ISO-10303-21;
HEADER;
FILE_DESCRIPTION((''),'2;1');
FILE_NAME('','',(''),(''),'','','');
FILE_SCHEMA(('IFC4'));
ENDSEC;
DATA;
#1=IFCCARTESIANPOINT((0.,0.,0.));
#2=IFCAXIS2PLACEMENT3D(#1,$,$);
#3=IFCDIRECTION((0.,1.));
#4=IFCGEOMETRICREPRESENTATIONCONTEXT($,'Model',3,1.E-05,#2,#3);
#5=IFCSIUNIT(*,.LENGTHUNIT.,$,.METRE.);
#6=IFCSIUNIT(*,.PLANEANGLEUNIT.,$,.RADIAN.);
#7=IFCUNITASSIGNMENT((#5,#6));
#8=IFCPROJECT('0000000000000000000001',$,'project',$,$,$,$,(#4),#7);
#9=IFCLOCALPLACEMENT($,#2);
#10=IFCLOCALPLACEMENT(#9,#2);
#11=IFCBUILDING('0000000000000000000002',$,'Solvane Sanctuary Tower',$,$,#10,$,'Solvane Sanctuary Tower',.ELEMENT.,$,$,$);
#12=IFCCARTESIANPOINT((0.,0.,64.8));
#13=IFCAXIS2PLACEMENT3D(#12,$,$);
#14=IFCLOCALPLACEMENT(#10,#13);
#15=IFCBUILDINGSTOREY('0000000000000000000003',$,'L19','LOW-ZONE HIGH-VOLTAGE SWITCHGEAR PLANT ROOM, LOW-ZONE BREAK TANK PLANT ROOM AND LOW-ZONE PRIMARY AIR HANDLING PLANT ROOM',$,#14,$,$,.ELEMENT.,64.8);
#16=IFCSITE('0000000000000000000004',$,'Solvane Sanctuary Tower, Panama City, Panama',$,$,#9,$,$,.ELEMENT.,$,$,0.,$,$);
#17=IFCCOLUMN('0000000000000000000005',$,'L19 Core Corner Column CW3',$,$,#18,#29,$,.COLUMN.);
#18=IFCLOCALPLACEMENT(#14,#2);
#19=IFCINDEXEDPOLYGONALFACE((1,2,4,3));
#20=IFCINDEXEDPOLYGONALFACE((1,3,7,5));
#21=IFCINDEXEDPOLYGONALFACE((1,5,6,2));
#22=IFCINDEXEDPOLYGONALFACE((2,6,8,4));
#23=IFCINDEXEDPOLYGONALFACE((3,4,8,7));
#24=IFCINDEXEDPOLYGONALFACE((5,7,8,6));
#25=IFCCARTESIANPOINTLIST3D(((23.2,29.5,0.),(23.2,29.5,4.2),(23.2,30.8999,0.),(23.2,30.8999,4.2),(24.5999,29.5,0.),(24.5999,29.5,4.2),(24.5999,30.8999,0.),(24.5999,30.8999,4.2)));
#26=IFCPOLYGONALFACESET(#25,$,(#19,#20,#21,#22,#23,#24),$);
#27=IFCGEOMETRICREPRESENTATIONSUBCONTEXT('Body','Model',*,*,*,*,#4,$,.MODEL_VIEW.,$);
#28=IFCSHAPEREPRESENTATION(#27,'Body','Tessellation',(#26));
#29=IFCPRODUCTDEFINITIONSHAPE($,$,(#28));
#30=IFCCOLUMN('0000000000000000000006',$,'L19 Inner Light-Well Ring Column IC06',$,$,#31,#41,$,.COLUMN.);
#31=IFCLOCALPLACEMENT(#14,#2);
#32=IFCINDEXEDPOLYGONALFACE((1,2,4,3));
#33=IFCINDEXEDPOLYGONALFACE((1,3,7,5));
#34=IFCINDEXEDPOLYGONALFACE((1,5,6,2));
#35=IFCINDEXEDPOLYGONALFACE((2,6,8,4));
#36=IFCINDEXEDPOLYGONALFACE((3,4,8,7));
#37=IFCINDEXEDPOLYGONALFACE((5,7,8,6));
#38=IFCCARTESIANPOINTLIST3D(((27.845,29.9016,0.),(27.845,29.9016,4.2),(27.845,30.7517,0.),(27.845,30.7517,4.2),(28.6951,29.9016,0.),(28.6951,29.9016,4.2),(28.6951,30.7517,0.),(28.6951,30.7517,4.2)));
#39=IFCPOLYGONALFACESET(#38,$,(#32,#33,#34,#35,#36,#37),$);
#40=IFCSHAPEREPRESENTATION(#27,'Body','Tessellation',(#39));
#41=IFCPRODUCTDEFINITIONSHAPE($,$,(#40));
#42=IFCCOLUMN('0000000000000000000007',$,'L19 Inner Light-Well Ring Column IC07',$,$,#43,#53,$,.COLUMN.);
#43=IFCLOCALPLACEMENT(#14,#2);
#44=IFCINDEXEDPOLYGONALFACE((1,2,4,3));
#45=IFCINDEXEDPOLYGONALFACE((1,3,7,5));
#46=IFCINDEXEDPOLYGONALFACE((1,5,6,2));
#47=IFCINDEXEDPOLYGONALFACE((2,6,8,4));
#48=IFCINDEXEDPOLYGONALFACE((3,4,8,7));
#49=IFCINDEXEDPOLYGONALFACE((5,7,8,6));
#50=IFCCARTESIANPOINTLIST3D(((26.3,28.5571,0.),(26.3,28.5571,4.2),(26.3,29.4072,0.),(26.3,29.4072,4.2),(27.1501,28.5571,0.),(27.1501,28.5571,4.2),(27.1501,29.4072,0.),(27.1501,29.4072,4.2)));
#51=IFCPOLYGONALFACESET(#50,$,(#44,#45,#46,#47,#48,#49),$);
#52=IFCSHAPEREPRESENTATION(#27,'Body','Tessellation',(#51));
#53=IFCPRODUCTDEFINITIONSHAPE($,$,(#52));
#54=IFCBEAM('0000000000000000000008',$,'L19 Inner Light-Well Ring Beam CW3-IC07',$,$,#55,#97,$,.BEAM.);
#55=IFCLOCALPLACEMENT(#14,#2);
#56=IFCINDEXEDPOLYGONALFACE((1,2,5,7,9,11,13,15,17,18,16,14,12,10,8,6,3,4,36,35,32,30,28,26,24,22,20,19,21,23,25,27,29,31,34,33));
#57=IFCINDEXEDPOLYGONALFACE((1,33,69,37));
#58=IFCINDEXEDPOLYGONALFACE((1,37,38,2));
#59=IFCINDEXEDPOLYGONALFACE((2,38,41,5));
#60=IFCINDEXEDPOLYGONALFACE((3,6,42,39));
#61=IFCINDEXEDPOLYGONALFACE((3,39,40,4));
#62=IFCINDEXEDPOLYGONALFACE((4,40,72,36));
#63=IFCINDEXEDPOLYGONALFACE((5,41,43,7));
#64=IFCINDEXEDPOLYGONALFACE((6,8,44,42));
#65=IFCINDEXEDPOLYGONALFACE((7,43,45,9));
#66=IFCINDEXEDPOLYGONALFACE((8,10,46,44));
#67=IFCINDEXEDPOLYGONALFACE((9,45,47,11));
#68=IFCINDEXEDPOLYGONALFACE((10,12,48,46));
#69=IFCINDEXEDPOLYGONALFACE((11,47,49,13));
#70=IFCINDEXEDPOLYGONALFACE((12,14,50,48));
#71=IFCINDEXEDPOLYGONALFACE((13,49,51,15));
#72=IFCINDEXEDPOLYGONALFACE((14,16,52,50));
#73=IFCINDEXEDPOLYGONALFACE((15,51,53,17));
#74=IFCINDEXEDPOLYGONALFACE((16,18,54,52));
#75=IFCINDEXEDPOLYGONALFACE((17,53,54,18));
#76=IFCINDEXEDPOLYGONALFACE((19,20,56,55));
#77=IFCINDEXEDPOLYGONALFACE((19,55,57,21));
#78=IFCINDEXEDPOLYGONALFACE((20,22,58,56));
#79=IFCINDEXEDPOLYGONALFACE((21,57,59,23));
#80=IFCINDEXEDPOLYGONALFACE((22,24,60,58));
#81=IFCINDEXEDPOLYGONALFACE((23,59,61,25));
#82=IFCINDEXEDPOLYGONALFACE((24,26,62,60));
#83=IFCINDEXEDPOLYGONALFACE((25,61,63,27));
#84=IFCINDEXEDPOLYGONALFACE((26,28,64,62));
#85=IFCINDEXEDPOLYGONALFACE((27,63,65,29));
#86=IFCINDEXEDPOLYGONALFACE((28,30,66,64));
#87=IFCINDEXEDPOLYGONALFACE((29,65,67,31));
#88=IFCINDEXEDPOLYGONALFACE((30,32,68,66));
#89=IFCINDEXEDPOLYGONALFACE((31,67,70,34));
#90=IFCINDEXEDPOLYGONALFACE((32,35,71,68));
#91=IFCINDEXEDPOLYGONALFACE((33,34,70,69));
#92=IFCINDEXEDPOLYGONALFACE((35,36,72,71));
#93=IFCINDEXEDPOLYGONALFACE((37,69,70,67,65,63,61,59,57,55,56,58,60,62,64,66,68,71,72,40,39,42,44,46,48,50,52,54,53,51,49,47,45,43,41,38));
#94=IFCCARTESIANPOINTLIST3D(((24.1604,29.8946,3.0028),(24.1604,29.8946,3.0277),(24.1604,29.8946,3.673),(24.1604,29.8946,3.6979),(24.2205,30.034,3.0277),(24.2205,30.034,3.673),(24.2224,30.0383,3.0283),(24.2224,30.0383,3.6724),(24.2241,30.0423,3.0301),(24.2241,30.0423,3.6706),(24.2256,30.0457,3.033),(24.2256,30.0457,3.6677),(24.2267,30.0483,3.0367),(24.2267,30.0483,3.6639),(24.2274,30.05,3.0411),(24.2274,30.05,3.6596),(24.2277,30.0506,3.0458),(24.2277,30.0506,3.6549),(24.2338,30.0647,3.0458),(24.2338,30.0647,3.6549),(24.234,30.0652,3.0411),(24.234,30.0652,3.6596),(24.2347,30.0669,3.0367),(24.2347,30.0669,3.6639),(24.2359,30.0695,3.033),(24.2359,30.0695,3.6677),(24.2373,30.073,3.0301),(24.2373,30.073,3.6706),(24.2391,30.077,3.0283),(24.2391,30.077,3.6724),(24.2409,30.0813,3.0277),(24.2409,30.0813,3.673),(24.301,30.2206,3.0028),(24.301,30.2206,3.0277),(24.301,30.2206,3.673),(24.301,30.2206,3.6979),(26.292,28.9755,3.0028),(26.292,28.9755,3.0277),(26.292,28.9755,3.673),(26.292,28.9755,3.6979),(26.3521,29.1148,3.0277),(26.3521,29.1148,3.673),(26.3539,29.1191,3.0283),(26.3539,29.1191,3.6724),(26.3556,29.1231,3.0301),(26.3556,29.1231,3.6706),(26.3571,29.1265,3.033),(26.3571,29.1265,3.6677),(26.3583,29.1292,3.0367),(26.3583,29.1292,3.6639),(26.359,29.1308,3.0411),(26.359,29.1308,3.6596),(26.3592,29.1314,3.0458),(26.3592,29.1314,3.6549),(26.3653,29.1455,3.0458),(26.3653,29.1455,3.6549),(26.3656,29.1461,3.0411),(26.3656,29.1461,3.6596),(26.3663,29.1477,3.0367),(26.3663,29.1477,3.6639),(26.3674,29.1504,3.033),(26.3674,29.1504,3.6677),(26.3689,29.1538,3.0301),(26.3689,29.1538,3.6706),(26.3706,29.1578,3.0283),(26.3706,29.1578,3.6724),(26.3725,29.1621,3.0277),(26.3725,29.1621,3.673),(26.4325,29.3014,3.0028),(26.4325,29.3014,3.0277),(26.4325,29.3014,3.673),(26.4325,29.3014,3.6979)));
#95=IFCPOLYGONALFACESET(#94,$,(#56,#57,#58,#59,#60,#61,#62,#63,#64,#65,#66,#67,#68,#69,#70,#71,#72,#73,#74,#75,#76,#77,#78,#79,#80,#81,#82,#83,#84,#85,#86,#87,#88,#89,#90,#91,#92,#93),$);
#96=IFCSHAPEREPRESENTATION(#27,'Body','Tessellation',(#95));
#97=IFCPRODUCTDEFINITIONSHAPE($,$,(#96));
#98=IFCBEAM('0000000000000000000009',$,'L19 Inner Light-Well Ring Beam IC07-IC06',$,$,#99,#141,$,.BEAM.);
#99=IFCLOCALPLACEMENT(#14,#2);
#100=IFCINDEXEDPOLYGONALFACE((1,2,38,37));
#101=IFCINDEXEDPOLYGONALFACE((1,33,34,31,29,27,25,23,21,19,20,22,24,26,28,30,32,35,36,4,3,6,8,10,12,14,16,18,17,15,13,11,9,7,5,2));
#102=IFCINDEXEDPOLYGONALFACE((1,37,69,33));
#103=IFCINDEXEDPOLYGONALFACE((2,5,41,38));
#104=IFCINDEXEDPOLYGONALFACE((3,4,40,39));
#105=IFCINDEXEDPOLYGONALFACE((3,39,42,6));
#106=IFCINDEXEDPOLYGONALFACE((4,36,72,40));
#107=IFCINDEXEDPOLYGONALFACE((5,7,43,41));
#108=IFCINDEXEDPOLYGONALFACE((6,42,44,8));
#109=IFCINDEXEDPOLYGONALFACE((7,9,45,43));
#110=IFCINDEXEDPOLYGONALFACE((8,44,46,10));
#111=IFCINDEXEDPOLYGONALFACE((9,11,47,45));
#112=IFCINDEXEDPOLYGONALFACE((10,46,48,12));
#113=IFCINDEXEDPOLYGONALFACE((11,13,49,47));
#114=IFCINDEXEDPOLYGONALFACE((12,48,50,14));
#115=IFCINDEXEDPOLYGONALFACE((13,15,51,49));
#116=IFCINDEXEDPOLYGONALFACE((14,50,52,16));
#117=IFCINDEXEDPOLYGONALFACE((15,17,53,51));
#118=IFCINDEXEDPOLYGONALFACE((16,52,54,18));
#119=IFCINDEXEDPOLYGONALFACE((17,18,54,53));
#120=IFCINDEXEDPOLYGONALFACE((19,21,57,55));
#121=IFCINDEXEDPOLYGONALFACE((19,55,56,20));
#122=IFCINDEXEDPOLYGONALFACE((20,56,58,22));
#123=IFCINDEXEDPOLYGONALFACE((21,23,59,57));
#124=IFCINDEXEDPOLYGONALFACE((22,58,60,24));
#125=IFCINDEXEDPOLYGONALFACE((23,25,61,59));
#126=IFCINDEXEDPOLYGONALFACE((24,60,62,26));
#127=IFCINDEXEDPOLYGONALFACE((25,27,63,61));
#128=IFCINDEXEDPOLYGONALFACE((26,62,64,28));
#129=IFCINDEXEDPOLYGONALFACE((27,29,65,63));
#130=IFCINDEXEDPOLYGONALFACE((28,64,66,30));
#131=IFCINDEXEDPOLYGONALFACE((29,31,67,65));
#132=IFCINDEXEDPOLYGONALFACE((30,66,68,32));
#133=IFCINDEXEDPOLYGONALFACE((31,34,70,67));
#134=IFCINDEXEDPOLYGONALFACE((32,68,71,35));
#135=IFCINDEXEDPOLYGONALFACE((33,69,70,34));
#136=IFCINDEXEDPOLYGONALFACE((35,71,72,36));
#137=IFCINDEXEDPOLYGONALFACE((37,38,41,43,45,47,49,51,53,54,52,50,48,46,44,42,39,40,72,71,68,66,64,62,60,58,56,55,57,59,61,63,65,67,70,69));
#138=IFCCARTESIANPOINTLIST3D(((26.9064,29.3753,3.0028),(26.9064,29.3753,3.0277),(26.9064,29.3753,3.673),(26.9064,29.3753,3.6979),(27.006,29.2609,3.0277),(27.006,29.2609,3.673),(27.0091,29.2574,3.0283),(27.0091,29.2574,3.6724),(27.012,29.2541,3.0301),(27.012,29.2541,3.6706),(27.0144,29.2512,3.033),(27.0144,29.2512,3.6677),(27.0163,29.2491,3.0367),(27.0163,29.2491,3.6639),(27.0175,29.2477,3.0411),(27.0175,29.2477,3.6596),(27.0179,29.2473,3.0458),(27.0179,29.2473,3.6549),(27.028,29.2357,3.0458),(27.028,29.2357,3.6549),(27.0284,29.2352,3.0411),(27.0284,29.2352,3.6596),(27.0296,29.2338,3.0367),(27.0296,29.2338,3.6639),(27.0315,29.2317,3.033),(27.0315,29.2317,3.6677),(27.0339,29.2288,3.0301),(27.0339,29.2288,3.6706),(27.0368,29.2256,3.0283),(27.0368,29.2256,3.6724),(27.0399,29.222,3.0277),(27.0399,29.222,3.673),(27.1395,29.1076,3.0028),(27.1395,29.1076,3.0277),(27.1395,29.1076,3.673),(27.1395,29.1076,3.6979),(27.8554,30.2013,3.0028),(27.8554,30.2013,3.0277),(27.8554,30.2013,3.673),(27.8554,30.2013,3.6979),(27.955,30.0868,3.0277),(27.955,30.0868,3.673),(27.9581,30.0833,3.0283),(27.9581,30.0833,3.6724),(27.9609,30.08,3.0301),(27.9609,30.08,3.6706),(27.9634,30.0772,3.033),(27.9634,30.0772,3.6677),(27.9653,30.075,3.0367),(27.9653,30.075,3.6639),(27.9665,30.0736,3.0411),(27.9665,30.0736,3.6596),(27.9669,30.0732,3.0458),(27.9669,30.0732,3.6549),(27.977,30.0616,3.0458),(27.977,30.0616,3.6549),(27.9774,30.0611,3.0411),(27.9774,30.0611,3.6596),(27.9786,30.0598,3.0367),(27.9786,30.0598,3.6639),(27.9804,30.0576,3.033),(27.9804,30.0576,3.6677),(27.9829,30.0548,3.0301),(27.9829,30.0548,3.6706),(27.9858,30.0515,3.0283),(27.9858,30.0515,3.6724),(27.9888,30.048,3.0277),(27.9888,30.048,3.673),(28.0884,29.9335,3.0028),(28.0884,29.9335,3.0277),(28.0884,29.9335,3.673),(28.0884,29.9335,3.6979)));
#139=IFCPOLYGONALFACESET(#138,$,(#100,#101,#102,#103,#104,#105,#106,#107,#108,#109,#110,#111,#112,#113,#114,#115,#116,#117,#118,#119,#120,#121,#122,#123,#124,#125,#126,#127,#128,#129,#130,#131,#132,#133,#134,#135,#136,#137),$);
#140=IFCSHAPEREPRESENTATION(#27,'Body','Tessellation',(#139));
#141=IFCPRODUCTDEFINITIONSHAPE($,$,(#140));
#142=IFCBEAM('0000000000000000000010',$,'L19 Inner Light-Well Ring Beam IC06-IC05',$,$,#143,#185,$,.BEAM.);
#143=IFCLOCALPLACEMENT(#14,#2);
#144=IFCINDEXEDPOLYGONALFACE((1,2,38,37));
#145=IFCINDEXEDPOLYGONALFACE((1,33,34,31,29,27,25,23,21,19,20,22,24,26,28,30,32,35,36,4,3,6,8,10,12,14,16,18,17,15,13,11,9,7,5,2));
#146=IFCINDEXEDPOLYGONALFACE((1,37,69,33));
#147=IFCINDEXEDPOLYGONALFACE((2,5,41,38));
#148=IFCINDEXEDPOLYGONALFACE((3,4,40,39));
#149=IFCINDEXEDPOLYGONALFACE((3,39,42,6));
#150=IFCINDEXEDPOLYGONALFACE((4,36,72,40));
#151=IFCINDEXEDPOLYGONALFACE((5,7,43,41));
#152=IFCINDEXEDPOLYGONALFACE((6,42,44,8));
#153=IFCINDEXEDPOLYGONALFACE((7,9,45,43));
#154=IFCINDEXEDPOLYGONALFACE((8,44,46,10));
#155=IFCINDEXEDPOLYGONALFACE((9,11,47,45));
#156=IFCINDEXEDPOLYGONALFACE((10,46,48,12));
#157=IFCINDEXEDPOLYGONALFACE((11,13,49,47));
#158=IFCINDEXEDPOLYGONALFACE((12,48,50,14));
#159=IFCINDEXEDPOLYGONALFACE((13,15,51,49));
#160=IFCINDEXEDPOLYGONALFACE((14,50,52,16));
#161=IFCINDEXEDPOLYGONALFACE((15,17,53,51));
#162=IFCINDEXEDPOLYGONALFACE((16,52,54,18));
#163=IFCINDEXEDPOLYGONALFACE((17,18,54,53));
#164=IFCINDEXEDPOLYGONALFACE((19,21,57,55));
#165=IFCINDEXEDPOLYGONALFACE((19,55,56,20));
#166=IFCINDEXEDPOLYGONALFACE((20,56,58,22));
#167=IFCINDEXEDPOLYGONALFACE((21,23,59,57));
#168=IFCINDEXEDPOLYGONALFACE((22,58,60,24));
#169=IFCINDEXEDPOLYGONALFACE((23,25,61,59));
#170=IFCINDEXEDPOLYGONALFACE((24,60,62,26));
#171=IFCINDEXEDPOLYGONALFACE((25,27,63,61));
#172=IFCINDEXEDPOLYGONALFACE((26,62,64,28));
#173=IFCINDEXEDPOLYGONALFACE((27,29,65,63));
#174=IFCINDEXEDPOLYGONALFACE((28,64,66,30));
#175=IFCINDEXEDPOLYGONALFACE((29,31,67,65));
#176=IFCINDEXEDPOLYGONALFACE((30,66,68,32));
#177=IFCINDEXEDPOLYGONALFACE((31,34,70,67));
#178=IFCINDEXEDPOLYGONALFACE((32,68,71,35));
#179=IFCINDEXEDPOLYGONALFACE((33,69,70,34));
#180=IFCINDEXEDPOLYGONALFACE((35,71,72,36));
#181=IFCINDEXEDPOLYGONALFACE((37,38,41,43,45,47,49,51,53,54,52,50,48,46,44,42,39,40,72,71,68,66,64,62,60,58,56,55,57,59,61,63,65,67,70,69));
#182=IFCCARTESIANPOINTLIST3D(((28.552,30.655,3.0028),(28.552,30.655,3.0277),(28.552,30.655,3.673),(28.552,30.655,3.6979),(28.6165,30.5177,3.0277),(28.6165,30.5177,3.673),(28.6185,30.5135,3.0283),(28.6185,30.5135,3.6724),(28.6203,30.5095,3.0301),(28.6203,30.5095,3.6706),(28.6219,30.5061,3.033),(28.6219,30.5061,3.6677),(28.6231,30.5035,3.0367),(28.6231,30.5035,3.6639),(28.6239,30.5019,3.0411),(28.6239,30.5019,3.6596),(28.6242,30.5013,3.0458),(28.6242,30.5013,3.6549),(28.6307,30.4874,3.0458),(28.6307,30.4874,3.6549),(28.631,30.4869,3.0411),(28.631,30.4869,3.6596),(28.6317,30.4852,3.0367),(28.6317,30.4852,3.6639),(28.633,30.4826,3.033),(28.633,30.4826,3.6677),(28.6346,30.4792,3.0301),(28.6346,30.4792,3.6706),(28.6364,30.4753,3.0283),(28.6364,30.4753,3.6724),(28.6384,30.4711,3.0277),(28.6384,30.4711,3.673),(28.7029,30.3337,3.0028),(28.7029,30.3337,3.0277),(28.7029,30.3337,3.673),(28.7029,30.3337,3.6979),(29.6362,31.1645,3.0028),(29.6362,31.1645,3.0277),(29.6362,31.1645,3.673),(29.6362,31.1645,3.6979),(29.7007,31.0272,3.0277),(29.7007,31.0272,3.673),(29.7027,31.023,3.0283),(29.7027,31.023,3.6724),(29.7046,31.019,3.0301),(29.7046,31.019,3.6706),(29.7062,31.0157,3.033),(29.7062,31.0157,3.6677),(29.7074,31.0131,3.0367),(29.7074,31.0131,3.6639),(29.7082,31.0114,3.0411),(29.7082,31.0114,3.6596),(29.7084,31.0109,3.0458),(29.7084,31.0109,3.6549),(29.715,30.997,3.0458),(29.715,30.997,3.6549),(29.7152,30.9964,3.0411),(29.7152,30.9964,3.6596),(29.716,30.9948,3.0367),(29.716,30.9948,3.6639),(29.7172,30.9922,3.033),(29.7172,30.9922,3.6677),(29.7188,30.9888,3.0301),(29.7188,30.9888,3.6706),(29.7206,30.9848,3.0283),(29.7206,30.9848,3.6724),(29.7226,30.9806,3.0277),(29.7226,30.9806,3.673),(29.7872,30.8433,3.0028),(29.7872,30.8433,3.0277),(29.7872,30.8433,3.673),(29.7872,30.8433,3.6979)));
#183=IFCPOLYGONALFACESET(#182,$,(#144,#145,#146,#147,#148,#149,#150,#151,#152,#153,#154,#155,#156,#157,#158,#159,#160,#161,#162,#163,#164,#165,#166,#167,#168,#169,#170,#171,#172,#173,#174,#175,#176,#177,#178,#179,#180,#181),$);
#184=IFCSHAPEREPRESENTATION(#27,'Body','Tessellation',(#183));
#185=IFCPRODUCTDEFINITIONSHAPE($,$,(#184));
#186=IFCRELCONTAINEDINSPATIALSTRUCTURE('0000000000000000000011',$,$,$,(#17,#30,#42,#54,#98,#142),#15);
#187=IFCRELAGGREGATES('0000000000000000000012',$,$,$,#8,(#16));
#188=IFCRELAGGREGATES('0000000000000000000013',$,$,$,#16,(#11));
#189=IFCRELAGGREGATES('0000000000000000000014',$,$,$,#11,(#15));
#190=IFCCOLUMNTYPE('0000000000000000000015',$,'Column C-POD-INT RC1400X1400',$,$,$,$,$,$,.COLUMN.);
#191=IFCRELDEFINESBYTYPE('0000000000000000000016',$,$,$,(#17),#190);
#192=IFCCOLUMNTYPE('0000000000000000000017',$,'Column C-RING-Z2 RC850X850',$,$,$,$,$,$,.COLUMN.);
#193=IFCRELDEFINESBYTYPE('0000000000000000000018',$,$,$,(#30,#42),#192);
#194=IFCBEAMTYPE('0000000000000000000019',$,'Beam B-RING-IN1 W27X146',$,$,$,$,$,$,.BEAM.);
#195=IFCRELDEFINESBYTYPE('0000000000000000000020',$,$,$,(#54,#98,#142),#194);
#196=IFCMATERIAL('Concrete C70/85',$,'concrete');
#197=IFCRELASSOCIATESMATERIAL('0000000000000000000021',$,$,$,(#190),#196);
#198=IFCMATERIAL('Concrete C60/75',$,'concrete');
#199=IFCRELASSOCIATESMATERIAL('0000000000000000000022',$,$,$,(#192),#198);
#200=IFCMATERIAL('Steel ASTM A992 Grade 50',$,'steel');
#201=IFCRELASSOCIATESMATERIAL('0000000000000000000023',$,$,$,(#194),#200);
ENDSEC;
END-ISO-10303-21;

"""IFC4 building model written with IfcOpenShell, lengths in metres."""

from ifc_helpers import new_model, si_unit, direction, frame, origin, origin_2d, place, context, subcontext, project, spatial, rectangle, i_section, extrude, material, material_profile, profile_set, type_object, element, save


model = new_model("IFC4")

# Units and contexts
model_context = context("Model", 3, precision=1e-05, world=origin(), true_north=direction((0.0, 1.0)))
body_context = subcontext(model_context, "Body", "Model", "MODEL_VIEW")
ifc_project = project(units=[si_unit("LENGTHUNIT", "METRE"), si_unit("PLANEANGLEUNIT", "RADIAN")], contexts=[model_context])

# Site, building, storey
site_placement = place(None, origin())
site = spatial("IfcSite", under=ifc_project, at=site_placement, Name="Solvane Sanctuary Tower, Panama City, Panama", CompositionType="ELEMENT", RefElevation=0.0)
building_placement = place(site_placement, origin())
building = spatial("IfcBuilding", under=site, at=building_placement, Name="Solvane Sanctuary Tower", LongName="Solvane Sanctuary Tower", CompositionType="ELEMENT")
storey_placement = place(building_placement, frame((0.0, 0.0, 64.8)))
storey = spatial("IfcBuildingStorey", under=building, at=storey_placement, Name="L19", Description="LOW-ZONE HIGH-VOLTAGE SWITCHGEAR PLANT ROOM, LOW-ZONE BREAK TANK PLANT ROOM AND LOW-ZONE PRIMARY AIR HANDLING PLANT ROOM", CompositionType="ELEMENT", Elevation=64.8)

# Columns
ifc_material_1 = material(Name="Concrete C70/85", Category="concrete")
ifc_material_profile_1 = material_profile(ifc_material_1, rectangle(XDim=1.3999, YDim=1.3999, at=origin_2d()), Name="RC1400X1400")
ifc_profile_set_1 = profile_set([ifc_material_profile_1], Name="Concrete C70/85")
column_type_1 = type_object("IfcColumnType", Name="Column C-POD-INT RC1400X1400", PredefinedType="COLUMN", material=ifc_profile_set_1)
column_placement = place(storey_placement, frame((23.8999, 30.2, 0.0), z_axis=(0.0, 0.0, 1.0), x_axis=(1.0, 0.0, 0.0)))
element("IfcColumn", 1, at=column_placement, inside=storey, type_object=column_type_1, Name="L19 Core Corner Column CW3", PredefinedType="COLUMN", context=body_context, shape_type="SweptSolid", body=[
    extrude(rectangle(XDim=1.3999, YDim=1.3999, at=origin_2d()), origin(), (0.0, 0.0, 1.0), 4.2),
])
ifc_material_2 = material(Name="Concrete C60/75", Category="concrete")
ifc_material_profile_2 = material_profile(ifc_material_2, rectangle(XDim=0.8501, YDim=0.8501, at=origin_2d()), Name="RC850X850")
ifc_profile_set_2 = profile_set([ifc_material_profile_2], Name="Concrete C60/75")
column_type_2 = type_object("IfcColumnType", Name="Column C-RING-Z2 RC850X850", PredefinedType="COLUMN", material=ifc_profile_set_2)
for number, where, z_axis, x_axis, name in (
    (2, (28.27, 30.3267, 0.0), (0.0, 0.0, 1.0), (1.0, 0.0, 0.0), "L19 Inner Light-Well Ring Column IC06"),
    (3, (26.7251, 28.9822, 0.0), (0.0, 0.0, 1.0), (1.0, 0.0, 0.0), "L19 Inner Light-Well Ring Column IC07"),
):
    element("IfcColumn", number, at=place(storey_placement, frame(where, z_axis=z_axis, x_axis=x_axis)), inside=storey, type_object=column_type_2, Name=name, PredefinedType="COLUMN", context=body_context, shape_type="SweptSolid", body=[
        extrude(rectangle(XDim=0.8501, YDim=0.8501, at=origin_2d()), origin(), (0.0, 0.0, 1.0), 4.2),
    ])

# Beams
ifc_material_3 = material(Name="Steel ASTM A992 Grade 50", Category="steel")
ifc_material_profile_3 = material_profile(ifc_material_3, i_section(OverallWidth=0.355, OverallDepth=0.6951, WebThickness=0.0154, FlangeThickness=0.0249, FilletRadius=0.0181, at=origin_2d()), Name="W27X146")
ifc_profile_set_3 = profile_set([ifc_material_profile_3], Name="Steel ASTM A992 Grade 50")
beam_type_1 = type_object("IfcBeamType", Name="Beam B-RING-IN1 W27X146", PredefinedType="BEAM", material=ifc_profile_set_3)
beam_1_placement = place(storey_placement, frame((24.2307, 30.0576, 3.3503), z_axis=(0.918261, -0.395975, 0.0), x_axis=(0.395975, 0.918261, 0.0)))
element("IfcBeam", 4, at=beam_1_placement, inside=storey, type_object=beam_type_1, Name="L19 Inner Light-Well Ring Beam CW3-IC07", PredefinedType="BEAM", context=body_context, shape_type="SweptSolid", body=[
    extrude(i_section(OverallWidth=0.355, OverallDepth=0.6951, WebThickness=0.0154, FlangeThickness=0.0249, FilletRadius=0.0181, at=origin_2d()), origin(), (0.0, 0.0, 1.0), 2.3213),
])
beam_2_placement = place(storey_placement, frame((27.0229, 29.2415, 3.3503), z_axis=(0.754317, 0.65651, 0.0), x_axis=(-0.65651, 0.754317, 0.0)))
element("IfcBeam", 5, at=beam_2_placement, inside=storey, type_object=beam_type_1, Name="L19 Inner Light-Well Ring Beam IC07-IC06", PredefinedType="BEAM", context=body_context, shape_type="SweptSolid", body=[
    extrude(i_section(OverallWidth=0.355, OverallDepth=0.6951, WebThickness=0.0154, FlangeThickness=0.0249, FilletRadius=0.0181, at=origin_2d()), origin(), (0.0, 0.0, 1.0), 1.2581),
])
beam_3_placement = place(storey_placement, frame((28.6274, 30.4944, 3.3503), z_axis=(0.905045, 0.425316, 0.0), x_axis=(-0.425316, 0.905045, 0.0)))
element("IfcBeam", 6, at=beam_3_placement, inside=storey, type_object=beam_type_1, Name="L19 Inner Light-Well Ring Beam IC06-IC05", PredefinedType="BEAM", context=body_context, shape_type="SweptSolid", body=[
    extrude(i_section(OverallWidth=0.355, OverallDepth=0.6951, WebThickness=0.0154, FlangeThickness=0.0249, FilletRadius=0.0181, at=origin_2d()), origin(), (0.0, 0.0, 1.0), 1.198),
])

save(model, "model.ifc")
